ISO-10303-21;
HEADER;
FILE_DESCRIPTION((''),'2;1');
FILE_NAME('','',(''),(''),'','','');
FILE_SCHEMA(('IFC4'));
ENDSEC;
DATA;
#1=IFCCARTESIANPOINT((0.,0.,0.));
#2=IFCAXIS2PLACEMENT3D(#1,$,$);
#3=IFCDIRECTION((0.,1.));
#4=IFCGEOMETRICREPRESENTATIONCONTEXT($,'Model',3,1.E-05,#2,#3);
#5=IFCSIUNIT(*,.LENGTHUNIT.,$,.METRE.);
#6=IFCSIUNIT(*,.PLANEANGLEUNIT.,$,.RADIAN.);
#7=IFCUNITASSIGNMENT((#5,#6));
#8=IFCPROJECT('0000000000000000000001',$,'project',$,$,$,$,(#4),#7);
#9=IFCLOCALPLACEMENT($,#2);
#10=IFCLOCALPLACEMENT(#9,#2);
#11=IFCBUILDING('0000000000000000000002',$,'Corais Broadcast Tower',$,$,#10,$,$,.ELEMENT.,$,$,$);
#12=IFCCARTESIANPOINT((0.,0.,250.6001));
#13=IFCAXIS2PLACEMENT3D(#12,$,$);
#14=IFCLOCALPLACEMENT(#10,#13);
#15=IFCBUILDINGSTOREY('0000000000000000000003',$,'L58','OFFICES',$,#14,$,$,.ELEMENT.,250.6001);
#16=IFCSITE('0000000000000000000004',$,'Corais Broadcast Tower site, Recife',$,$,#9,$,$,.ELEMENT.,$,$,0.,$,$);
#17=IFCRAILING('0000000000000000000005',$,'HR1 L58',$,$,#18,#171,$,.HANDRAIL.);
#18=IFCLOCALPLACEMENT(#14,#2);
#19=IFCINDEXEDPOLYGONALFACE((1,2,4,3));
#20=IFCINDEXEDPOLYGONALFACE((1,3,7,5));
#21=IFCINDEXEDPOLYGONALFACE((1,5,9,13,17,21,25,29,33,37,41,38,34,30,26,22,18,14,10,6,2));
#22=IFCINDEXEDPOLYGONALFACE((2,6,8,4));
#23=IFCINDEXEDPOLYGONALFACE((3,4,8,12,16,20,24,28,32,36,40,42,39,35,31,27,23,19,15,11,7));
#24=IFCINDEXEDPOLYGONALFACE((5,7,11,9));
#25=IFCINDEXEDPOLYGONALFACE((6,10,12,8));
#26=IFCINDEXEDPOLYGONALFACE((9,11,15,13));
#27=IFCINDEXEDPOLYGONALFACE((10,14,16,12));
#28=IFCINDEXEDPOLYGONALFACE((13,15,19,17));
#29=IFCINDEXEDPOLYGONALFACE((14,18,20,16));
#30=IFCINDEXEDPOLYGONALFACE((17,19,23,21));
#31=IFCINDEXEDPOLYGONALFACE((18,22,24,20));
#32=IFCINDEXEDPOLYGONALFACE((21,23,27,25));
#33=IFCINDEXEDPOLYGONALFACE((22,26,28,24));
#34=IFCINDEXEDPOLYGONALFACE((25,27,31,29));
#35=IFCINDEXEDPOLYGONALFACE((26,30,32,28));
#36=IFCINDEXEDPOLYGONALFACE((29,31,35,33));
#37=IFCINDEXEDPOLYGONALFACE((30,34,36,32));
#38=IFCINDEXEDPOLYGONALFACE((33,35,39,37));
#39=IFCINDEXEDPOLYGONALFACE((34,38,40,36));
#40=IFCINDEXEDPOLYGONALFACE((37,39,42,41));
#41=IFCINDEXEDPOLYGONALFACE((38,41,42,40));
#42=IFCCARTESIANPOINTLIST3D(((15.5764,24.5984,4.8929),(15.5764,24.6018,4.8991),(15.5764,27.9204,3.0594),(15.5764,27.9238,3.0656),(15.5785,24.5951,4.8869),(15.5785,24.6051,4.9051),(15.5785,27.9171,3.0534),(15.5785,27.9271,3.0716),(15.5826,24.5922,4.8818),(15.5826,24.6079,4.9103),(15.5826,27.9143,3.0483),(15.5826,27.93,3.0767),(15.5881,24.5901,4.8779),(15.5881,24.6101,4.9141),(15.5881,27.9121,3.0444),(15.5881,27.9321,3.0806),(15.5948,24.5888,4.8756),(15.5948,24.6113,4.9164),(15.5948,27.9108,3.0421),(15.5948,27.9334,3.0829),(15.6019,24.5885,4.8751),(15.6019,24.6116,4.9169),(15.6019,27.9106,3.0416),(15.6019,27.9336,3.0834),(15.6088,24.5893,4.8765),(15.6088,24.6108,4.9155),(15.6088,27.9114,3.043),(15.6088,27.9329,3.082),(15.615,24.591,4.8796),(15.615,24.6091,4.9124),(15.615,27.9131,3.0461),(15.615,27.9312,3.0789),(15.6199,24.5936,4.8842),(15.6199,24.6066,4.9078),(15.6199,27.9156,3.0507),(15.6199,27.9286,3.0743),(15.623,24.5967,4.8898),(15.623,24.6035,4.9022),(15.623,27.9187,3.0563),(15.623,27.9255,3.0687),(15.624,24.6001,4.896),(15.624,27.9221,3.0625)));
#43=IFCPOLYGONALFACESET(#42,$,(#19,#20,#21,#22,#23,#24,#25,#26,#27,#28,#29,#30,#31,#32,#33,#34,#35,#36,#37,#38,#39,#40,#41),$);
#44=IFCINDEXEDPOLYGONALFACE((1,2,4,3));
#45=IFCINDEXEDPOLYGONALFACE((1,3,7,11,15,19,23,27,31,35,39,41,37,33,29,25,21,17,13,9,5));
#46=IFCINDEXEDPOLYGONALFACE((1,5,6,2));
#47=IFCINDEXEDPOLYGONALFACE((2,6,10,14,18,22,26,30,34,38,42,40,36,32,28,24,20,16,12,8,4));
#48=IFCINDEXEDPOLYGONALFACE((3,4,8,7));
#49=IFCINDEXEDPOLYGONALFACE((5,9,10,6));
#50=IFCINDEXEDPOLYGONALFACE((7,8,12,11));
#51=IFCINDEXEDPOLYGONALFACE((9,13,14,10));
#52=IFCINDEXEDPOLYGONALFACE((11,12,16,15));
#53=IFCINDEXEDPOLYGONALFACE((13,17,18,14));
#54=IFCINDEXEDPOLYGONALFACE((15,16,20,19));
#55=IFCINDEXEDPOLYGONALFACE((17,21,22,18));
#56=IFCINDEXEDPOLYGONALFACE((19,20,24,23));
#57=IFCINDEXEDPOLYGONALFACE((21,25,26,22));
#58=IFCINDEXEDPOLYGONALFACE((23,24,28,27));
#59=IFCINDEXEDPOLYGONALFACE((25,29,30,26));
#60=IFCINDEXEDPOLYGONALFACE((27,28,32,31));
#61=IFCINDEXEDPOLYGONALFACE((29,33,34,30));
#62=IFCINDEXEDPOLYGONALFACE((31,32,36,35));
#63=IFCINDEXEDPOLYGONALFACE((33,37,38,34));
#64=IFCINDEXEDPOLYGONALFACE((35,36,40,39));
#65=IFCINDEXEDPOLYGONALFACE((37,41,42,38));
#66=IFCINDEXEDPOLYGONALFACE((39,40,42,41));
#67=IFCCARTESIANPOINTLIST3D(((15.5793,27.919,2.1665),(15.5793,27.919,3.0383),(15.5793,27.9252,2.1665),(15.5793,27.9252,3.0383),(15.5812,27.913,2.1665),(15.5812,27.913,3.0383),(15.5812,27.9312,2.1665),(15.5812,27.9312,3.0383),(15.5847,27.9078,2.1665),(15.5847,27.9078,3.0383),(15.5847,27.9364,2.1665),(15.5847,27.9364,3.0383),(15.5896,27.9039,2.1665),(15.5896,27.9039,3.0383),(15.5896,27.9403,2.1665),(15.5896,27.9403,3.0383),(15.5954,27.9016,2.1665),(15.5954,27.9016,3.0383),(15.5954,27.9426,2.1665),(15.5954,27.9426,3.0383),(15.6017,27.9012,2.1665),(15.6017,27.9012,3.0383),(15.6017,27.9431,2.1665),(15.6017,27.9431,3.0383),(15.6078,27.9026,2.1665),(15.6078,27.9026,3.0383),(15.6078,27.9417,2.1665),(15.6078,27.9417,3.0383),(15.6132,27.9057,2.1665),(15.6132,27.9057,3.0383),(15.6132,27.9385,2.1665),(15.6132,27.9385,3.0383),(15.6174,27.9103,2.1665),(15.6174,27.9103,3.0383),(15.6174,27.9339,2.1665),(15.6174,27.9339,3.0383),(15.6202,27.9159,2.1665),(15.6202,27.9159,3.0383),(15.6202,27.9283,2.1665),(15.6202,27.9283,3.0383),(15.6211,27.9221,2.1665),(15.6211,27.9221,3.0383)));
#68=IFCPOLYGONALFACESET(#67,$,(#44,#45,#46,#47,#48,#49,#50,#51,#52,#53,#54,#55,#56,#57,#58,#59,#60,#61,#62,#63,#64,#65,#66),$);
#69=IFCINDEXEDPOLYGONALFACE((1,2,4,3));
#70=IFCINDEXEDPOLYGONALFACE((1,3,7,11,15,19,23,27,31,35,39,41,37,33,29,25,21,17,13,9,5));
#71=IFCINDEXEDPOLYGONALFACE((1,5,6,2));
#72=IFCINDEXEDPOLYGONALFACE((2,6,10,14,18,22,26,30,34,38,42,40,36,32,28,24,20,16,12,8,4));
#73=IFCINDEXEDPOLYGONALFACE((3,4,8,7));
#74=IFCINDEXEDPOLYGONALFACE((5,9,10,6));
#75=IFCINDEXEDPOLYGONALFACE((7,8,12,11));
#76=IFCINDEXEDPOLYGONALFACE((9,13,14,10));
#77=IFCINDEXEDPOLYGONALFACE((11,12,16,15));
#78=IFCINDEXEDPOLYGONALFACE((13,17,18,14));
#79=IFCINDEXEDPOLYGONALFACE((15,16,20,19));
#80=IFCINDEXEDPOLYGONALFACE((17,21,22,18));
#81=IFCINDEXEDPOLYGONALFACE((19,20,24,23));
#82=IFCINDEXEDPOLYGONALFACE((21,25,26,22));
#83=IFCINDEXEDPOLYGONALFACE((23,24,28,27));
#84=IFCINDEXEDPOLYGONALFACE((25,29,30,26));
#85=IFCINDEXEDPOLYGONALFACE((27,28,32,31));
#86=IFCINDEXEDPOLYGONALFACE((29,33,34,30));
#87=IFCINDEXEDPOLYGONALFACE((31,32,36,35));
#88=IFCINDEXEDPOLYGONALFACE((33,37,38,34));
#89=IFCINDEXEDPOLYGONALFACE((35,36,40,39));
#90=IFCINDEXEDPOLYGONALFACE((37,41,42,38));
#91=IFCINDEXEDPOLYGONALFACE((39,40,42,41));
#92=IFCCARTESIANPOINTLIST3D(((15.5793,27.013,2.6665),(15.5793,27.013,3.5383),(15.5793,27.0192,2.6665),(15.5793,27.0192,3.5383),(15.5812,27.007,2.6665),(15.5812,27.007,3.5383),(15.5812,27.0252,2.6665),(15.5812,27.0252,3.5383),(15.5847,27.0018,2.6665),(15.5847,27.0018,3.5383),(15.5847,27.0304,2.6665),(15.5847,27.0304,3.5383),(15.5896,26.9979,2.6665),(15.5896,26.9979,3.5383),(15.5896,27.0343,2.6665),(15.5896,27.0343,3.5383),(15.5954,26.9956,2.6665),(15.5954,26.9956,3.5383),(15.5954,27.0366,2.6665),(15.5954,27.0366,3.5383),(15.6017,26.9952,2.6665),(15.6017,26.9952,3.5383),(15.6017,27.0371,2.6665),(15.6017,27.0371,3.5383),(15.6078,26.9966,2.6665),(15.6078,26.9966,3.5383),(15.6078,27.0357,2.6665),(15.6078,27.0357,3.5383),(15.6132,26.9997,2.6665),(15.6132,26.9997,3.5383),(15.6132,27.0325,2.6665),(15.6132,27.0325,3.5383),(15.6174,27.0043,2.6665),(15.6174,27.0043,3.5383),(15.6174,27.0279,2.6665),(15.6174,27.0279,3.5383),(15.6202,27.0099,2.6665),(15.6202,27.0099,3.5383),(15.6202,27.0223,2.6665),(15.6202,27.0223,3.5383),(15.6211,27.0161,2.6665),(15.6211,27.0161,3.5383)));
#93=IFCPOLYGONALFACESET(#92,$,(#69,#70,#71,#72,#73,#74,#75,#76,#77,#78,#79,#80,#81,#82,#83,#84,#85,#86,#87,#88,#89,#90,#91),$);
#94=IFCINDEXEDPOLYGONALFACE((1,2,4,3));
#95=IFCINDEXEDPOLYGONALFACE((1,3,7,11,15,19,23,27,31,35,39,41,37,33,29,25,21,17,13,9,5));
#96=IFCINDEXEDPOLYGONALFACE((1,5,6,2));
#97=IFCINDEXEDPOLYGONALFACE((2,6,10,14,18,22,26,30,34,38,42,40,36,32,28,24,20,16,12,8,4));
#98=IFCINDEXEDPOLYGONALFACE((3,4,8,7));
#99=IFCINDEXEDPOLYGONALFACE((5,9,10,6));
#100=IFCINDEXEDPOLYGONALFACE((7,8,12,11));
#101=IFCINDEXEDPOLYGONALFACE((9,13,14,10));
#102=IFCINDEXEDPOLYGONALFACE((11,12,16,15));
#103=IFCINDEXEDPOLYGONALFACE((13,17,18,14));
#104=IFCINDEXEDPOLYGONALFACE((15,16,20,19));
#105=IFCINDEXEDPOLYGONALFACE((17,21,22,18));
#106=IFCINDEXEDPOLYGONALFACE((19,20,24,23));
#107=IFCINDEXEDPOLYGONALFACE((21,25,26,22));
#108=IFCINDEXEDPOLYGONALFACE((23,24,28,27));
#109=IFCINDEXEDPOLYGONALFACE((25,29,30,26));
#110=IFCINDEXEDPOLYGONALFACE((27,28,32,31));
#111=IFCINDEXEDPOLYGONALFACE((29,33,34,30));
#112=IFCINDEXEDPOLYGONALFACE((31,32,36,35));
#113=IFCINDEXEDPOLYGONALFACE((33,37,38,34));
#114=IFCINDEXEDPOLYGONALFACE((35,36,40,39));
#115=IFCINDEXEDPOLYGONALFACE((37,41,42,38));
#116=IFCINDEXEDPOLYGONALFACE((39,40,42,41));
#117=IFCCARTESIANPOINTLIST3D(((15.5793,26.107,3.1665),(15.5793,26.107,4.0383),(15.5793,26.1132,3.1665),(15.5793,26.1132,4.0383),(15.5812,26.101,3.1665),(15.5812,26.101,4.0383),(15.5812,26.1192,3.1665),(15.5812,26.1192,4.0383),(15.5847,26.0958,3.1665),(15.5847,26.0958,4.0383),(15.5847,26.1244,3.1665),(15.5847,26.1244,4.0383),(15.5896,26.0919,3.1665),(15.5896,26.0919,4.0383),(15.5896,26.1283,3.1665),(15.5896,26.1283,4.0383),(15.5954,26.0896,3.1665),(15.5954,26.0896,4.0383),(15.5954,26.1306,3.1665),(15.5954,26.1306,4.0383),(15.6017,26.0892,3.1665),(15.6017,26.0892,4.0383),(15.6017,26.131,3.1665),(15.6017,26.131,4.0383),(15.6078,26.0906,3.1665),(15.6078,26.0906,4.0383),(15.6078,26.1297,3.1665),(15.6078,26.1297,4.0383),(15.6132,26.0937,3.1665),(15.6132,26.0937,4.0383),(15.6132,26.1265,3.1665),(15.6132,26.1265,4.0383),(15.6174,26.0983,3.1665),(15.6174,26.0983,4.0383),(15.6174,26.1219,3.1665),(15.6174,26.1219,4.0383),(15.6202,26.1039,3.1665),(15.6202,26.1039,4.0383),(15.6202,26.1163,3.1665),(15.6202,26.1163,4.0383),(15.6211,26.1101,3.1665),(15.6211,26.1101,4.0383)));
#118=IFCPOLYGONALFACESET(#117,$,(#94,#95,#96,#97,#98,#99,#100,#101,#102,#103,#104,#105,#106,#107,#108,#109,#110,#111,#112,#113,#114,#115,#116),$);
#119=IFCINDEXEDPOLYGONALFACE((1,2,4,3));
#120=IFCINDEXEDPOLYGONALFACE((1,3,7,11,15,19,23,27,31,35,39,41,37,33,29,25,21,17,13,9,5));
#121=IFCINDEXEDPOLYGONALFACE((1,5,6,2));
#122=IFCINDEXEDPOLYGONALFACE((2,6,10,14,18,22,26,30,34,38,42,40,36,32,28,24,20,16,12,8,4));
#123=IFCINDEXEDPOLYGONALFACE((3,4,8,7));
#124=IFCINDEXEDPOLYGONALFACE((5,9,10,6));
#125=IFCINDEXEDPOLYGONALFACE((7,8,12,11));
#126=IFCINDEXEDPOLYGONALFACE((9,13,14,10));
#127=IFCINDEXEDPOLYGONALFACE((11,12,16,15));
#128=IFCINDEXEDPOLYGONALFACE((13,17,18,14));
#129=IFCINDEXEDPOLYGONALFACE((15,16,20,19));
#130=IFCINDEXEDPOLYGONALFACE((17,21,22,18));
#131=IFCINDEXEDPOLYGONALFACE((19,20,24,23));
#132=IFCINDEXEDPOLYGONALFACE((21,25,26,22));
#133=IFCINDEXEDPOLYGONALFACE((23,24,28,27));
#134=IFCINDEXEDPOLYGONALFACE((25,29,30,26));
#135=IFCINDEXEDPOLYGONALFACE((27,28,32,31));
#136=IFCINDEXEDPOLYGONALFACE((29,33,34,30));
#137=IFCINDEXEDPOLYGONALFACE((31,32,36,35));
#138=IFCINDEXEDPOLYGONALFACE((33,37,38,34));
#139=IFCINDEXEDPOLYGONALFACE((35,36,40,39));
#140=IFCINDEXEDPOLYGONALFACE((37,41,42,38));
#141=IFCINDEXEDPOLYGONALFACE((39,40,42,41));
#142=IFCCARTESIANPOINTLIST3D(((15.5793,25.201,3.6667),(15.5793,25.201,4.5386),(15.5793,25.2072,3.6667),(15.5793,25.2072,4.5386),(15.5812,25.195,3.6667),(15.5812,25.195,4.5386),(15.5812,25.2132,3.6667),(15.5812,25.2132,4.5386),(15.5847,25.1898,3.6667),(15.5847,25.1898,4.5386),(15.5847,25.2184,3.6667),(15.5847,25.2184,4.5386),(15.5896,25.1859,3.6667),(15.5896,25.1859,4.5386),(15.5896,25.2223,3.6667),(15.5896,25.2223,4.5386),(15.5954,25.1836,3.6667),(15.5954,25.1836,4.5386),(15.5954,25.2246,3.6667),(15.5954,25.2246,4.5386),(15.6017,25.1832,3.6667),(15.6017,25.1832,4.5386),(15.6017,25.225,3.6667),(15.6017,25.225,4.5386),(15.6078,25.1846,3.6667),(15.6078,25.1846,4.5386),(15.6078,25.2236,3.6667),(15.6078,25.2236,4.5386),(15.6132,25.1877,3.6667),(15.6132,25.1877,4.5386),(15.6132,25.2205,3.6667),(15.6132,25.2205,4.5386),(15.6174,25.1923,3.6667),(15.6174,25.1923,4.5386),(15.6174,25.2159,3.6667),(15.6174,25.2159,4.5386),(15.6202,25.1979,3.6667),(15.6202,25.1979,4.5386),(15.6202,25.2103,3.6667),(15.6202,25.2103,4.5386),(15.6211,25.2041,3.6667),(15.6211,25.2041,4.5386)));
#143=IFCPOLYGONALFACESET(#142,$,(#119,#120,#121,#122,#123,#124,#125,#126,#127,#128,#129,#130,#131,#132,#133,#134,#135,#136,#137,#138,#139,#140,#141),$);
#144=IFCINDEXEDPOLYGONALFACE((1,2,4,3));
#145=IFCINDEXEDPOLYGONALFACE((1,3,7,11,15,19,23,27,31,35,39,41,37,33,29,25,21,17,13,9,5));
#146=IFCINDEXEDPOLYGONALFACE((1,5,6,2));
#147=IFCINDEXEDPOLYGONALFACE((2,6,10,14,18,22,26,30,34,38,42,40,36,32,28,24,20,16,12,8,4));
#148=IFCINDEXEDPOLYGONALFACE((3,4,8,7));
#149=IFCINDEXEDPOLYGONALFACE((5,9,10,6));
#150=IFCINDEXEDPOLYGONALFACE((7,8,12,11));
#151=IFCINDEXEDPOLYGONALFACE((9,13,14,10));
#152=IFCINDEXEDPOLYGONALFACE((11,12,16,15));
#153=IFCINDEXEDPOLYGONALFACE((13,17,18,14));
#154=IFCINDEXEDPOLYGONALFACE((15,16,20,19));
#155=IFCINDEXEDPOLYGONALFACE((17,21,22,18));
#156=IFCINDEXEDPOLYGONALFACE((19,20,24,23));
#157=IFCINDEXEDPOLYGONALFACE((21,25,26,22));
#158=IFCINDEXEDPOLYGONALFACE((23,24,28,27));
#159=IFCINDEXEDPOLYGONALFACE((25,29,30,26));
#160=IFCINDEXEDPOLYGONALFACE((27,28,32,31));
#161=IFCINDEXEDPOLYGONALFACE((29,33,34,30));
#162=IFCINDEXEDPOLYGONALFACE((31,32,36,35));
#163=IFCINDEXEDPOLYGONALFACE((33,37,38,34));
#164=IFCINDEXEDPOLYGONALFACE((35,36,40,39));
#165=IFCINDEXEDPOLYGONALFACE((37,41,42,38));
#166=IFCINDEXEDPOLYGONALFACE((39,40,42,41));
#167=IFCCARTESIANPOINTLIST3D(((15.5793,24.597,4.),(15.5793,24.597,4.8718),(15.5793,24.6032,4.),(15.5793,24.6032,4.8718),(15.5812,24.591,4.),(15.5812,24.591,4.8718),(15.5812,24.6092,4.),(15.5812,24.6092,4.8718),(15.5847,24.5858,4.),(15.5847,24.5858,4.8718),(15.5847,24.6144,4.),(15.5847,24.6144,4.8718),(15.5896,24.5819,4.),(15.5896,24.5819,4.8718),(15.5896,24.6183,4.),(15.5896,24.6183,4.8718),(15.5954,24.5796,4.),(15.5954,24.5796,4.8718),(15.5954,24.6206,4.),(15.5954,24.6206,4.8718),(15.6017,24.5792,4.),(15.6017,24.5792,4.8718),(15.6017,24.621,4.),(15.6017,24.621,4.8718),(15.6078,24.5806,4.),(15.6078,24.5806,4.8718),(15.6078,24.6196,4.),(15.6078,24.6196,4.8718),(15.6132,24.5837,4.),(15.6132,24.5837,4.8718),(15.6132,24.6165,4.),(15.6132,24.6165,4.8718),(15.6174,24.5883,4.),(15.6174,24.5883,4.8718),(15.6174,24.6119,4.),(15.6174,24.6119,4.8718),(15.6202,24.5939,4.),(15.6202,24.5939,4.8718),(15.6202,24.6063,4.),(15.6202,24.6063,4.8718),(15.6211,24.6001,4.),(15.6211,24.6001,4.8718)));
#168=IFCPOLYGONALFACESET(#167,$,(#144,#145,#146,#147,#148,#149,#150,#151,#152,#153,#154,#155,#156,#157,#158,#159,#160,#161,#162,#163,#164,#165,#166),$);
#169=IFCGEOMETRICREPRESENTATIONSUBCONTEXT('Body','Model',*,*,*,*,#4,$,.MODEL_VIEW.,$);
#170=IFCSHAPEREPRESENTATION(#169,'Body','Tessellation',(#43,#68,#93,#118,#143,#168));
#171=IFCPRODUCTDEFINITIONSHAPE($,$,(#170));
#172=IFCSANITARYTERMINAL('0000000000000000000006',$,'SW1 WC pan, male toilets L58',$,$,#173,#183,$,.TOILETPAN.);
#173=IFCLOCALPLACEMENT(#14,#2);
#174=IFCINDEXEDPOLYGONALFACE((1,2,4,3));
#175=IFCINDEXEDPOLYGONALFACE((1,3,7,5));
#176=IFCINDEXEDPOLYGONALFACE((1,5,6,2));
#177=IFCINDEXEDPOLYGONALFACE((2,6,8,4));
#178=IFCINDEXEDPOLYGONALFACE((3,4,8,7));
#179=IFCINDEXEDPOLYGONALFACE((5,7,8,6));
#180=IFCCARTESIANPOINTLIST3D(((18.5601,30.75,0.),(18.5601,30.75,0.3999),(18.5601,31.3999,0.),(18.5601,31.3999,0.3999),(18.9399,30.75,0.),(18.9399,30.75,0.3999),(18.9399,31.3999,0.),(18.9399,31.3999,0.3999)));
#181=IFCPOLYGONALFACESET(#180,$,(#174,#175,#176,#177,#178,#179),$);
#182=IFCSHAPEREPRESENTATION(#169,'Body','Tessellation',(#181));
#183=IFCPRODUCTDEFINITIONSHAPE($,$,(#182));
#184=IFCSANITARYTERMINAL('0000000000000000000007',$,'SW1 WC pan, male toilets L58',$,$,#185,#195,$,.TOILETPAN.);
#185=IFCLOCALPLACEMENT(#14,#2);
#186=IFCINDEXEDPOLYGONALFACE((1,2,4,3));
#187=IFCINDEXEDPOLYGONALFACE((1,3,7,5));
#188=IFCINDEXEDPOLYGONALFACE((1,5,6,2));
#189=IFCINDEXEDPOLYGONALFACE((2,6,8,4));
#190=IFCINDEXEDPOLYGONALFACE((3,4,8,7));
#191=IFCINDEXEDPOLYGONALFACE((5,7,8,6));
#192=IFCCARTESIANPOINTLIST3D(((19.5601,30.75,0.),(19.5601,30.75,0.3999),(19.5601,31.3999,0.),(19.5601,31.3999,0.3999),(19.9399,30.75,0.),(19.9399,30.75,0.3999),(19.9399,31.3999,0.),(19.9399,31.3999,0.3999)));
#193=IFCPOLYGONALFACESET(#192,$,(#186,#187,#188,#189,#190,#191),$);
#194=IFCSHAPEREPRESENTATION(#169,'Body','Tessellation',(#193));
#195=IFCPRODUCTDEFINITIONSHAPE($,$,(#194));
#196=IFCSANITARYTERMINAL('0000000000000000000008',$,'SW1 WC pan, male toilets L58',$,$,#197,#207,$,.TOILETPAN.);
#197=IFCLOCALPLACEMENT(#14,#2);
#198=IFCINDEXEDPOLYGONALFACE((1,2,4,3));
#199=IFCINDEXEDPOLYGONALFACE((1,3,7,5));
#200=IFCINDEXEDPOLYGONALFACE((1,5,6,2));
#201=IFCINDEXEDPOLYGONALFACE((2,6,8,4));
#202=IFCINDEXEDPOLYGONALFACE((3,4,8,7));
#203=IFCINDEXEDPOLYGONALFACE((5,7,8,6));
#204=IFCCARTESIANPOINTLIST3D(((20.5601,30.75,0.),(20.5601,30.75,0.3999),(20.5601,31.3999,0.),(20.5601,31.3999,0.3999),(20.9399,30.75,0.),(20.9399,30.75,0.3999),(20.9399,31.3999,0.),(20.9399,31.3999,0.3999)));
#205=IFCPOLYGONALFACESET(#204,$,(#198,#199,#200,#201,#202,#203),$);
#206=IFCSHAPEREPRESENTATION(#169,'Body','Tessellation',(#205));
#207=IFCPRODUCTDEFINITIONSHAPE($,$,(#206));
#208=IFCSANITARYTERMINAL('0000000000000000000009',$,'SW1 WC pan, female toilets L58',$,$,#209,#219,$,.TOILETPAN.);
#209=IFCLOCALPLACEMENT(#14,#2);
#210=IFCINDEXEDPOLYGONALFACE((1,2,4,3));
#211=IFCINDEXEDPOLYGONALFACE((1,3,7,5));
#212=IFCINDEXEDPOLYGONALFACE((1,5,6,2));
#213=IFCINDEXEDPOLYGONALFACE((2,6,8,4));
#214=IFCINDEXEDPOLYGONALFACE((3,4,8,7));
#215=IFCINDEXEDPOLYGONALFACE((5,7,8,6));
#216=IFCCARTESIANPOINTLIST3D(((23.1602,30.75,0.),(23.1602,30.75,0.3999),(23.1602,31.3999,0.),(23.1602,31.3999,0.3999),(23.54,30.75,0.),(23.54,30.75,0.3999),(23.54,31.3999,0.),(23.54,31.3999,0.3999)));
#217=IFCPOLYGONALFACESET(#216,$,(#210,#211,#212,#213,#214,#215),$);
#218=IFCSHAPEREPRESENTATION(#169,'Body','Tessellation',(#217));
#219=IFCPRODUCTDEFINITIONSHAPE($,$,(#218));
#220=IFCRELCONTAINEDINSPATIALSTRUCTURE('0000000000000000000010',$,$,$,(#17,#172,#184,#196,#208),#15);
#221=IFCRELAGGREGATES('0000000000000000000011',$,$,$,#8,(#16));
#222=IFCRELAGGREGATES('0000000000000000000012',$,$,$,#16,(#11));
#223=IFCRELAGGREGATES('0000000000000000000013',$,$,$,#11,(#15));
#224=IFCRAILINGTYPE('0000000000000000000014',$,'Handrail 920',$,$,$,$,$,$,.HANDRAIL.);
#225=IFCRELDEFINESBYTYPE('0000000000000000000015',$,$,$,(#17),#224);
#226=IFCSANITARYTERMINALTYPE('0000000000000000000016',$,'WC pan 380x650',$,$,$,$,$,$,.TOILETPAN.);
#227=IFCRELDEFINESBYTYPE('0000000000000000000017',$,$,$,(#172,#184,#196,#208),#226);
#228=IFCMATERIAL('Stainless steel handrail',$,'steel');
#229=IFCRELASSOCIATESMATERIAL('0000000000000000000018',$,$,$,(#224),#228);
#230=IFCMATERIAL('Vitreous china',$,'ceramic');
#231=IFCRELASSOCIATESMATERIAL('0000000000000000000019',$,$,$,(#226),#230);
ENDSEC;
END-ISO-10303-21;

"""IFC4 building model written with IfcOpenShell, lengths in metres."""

from ifc_helpers import new_model, si_unit, direction, frame, origin, origin_2d, place, context, subcontext, project, spatial, rectangle, circle, extrude, material, type_object, element, save


model = new_model("IFC4")

# Units and contexts
model_context = context("Model", 3, precision=1e-05, world=origin(), true_north=direction((0.0, 1.0)))
body_context = subcontext(model_context, "Body", "Model", "MODEL_VIEW")
ifc_project = project(units=[si_unit("LENGTHUNIT", "METRE"), si_unit("PLANEANGLEUNIT", "RADIAN")], contexts=[model_context])

# Site, building, storey
site_placement = place(None, origin())
site = spatial("IfcSite", under=ifc_project, at=site_placement, Name="Corais Broadcast Tower site, Recife", CompositionType="ELEMENT", RefElevation=0.0)
building_placement = place(site_placement, origin())
building = spatial("IfcBuilding", under=site, at=building_placement, Name="Corais Broadcast Tower", CompositionType="ELEMENT")
storey_placement = place(building_placement, frame((0.0, 0.0, 250.6001)))
storey = spatial("IfcBuildingStorey", under=building, at=storey_placement, Name="L58", Description="OFFICES", CompositionType="ELEMENT", Elevation=250.6001)

# Railing
ifc_material_1 = material(Name="Stainless steel handrail", Category="steel")
railing_type = type_object("IfcRailingType", Name="Handrail 920", PredefinedType="HANDRAIL", material=ifc_material_1)
for number, where, name in (
    (1, (15.6001, 27.9221, 2.1665), "HR1 L58"),
):
    element("IfcRailing", number, at=place(storey_placement, frame(where)), inside=storey, type_object=railing_type, Name=name, PredefinedType="HANDRAIL", context=body_context, shape_type="SweptSolid", body=[
        extrude(circle(Radius=0.0239, at=origin_2d()), frame((0.0, 0.0, 0.896), z_axis=(0.0, -0.875504, 0.48321), x_axis=(1.0, 0.0, 0.0)), (0.0, 0.0, 1.0), 3.7944),
        extrude(circle(Radius=0.021, at=origin_2d()), origin(), (0.0, 0.0, 1.0), 0.8718),
        extrude(circle(Radius=0.021, at=origin_2d()), frame((0.0, -0.906, 0.5)), (0.0, 0.0, 1.0), 0.8718),
        extrude(circle(Radius=0.021, at=origin_2d()), frame((0.0, -1.812, 1.0)), (0.0, 0.0, 1.0), 0.8718),
        extrude(circle(Radius=0.021, at=origin_2d()), frame((0.0, -2.718, 1.5002)), (0.0, 0.0, 1.0), 0.8718),
        extrude(circle(Radius=0.021, at=origin_2d()), frame((0.0, -3.322, 1.8335)), (0.0, 0.0, 1.0), 0.8718),
    ])

# Sanitary terminals
ifc_material_2 = material(Name="Vitreous china", Category="ceramic")
sanitary_terminal_type_1 = type_object("IfcSanitaryTerminalType", Name="WC pan 380x650", PredefinedType="TOILETPAN", material=ifc_material_2)
for number, where, z_axis, x_axis, name in (
    (2, (18.75, 31.075, 0.0), (0.0, 0.0, 1.0), (1.0, 0.0, 0.0), "SW1 WC pan, male toilets L58"),
    (3, (19.75, 31.075, 0.0), (0.0, 0.0, 1.0), (1.0, 0.0, 0.0), "SW1 WC pan, male toilets L58"),
    (4, (20.75, 31.075, 0.0), (0.0, 0.0, 1.0), (1.0, 0.0, 0.0), "SW1 WC pan, male toilets L58"),
    (5, (23.3501, 31.075, 0.0), (0.0, 0.0, 1.0), (1.0, 0.0, 0.0), "SW1 WC pan, female toilets L58"),
):
    element("IfcSanitaryTerminal", number, at=place(storey_placement, frame(where, z_axis=z_axis, x_axis=x_axis)), inside=storey, type_object=sanitary_terminal_type_1, Name=name, PredefinedType="TOILETPAN", context=body_context, shape_type="SweptSolid", body=[
        extrude(rectangle(XDim=0.3799, YDim=0.6499, at=origin_2d()), origin(), (0.0, 0.0, 1.0), 0.3999),
    ])

save(model, "model.ifc")
